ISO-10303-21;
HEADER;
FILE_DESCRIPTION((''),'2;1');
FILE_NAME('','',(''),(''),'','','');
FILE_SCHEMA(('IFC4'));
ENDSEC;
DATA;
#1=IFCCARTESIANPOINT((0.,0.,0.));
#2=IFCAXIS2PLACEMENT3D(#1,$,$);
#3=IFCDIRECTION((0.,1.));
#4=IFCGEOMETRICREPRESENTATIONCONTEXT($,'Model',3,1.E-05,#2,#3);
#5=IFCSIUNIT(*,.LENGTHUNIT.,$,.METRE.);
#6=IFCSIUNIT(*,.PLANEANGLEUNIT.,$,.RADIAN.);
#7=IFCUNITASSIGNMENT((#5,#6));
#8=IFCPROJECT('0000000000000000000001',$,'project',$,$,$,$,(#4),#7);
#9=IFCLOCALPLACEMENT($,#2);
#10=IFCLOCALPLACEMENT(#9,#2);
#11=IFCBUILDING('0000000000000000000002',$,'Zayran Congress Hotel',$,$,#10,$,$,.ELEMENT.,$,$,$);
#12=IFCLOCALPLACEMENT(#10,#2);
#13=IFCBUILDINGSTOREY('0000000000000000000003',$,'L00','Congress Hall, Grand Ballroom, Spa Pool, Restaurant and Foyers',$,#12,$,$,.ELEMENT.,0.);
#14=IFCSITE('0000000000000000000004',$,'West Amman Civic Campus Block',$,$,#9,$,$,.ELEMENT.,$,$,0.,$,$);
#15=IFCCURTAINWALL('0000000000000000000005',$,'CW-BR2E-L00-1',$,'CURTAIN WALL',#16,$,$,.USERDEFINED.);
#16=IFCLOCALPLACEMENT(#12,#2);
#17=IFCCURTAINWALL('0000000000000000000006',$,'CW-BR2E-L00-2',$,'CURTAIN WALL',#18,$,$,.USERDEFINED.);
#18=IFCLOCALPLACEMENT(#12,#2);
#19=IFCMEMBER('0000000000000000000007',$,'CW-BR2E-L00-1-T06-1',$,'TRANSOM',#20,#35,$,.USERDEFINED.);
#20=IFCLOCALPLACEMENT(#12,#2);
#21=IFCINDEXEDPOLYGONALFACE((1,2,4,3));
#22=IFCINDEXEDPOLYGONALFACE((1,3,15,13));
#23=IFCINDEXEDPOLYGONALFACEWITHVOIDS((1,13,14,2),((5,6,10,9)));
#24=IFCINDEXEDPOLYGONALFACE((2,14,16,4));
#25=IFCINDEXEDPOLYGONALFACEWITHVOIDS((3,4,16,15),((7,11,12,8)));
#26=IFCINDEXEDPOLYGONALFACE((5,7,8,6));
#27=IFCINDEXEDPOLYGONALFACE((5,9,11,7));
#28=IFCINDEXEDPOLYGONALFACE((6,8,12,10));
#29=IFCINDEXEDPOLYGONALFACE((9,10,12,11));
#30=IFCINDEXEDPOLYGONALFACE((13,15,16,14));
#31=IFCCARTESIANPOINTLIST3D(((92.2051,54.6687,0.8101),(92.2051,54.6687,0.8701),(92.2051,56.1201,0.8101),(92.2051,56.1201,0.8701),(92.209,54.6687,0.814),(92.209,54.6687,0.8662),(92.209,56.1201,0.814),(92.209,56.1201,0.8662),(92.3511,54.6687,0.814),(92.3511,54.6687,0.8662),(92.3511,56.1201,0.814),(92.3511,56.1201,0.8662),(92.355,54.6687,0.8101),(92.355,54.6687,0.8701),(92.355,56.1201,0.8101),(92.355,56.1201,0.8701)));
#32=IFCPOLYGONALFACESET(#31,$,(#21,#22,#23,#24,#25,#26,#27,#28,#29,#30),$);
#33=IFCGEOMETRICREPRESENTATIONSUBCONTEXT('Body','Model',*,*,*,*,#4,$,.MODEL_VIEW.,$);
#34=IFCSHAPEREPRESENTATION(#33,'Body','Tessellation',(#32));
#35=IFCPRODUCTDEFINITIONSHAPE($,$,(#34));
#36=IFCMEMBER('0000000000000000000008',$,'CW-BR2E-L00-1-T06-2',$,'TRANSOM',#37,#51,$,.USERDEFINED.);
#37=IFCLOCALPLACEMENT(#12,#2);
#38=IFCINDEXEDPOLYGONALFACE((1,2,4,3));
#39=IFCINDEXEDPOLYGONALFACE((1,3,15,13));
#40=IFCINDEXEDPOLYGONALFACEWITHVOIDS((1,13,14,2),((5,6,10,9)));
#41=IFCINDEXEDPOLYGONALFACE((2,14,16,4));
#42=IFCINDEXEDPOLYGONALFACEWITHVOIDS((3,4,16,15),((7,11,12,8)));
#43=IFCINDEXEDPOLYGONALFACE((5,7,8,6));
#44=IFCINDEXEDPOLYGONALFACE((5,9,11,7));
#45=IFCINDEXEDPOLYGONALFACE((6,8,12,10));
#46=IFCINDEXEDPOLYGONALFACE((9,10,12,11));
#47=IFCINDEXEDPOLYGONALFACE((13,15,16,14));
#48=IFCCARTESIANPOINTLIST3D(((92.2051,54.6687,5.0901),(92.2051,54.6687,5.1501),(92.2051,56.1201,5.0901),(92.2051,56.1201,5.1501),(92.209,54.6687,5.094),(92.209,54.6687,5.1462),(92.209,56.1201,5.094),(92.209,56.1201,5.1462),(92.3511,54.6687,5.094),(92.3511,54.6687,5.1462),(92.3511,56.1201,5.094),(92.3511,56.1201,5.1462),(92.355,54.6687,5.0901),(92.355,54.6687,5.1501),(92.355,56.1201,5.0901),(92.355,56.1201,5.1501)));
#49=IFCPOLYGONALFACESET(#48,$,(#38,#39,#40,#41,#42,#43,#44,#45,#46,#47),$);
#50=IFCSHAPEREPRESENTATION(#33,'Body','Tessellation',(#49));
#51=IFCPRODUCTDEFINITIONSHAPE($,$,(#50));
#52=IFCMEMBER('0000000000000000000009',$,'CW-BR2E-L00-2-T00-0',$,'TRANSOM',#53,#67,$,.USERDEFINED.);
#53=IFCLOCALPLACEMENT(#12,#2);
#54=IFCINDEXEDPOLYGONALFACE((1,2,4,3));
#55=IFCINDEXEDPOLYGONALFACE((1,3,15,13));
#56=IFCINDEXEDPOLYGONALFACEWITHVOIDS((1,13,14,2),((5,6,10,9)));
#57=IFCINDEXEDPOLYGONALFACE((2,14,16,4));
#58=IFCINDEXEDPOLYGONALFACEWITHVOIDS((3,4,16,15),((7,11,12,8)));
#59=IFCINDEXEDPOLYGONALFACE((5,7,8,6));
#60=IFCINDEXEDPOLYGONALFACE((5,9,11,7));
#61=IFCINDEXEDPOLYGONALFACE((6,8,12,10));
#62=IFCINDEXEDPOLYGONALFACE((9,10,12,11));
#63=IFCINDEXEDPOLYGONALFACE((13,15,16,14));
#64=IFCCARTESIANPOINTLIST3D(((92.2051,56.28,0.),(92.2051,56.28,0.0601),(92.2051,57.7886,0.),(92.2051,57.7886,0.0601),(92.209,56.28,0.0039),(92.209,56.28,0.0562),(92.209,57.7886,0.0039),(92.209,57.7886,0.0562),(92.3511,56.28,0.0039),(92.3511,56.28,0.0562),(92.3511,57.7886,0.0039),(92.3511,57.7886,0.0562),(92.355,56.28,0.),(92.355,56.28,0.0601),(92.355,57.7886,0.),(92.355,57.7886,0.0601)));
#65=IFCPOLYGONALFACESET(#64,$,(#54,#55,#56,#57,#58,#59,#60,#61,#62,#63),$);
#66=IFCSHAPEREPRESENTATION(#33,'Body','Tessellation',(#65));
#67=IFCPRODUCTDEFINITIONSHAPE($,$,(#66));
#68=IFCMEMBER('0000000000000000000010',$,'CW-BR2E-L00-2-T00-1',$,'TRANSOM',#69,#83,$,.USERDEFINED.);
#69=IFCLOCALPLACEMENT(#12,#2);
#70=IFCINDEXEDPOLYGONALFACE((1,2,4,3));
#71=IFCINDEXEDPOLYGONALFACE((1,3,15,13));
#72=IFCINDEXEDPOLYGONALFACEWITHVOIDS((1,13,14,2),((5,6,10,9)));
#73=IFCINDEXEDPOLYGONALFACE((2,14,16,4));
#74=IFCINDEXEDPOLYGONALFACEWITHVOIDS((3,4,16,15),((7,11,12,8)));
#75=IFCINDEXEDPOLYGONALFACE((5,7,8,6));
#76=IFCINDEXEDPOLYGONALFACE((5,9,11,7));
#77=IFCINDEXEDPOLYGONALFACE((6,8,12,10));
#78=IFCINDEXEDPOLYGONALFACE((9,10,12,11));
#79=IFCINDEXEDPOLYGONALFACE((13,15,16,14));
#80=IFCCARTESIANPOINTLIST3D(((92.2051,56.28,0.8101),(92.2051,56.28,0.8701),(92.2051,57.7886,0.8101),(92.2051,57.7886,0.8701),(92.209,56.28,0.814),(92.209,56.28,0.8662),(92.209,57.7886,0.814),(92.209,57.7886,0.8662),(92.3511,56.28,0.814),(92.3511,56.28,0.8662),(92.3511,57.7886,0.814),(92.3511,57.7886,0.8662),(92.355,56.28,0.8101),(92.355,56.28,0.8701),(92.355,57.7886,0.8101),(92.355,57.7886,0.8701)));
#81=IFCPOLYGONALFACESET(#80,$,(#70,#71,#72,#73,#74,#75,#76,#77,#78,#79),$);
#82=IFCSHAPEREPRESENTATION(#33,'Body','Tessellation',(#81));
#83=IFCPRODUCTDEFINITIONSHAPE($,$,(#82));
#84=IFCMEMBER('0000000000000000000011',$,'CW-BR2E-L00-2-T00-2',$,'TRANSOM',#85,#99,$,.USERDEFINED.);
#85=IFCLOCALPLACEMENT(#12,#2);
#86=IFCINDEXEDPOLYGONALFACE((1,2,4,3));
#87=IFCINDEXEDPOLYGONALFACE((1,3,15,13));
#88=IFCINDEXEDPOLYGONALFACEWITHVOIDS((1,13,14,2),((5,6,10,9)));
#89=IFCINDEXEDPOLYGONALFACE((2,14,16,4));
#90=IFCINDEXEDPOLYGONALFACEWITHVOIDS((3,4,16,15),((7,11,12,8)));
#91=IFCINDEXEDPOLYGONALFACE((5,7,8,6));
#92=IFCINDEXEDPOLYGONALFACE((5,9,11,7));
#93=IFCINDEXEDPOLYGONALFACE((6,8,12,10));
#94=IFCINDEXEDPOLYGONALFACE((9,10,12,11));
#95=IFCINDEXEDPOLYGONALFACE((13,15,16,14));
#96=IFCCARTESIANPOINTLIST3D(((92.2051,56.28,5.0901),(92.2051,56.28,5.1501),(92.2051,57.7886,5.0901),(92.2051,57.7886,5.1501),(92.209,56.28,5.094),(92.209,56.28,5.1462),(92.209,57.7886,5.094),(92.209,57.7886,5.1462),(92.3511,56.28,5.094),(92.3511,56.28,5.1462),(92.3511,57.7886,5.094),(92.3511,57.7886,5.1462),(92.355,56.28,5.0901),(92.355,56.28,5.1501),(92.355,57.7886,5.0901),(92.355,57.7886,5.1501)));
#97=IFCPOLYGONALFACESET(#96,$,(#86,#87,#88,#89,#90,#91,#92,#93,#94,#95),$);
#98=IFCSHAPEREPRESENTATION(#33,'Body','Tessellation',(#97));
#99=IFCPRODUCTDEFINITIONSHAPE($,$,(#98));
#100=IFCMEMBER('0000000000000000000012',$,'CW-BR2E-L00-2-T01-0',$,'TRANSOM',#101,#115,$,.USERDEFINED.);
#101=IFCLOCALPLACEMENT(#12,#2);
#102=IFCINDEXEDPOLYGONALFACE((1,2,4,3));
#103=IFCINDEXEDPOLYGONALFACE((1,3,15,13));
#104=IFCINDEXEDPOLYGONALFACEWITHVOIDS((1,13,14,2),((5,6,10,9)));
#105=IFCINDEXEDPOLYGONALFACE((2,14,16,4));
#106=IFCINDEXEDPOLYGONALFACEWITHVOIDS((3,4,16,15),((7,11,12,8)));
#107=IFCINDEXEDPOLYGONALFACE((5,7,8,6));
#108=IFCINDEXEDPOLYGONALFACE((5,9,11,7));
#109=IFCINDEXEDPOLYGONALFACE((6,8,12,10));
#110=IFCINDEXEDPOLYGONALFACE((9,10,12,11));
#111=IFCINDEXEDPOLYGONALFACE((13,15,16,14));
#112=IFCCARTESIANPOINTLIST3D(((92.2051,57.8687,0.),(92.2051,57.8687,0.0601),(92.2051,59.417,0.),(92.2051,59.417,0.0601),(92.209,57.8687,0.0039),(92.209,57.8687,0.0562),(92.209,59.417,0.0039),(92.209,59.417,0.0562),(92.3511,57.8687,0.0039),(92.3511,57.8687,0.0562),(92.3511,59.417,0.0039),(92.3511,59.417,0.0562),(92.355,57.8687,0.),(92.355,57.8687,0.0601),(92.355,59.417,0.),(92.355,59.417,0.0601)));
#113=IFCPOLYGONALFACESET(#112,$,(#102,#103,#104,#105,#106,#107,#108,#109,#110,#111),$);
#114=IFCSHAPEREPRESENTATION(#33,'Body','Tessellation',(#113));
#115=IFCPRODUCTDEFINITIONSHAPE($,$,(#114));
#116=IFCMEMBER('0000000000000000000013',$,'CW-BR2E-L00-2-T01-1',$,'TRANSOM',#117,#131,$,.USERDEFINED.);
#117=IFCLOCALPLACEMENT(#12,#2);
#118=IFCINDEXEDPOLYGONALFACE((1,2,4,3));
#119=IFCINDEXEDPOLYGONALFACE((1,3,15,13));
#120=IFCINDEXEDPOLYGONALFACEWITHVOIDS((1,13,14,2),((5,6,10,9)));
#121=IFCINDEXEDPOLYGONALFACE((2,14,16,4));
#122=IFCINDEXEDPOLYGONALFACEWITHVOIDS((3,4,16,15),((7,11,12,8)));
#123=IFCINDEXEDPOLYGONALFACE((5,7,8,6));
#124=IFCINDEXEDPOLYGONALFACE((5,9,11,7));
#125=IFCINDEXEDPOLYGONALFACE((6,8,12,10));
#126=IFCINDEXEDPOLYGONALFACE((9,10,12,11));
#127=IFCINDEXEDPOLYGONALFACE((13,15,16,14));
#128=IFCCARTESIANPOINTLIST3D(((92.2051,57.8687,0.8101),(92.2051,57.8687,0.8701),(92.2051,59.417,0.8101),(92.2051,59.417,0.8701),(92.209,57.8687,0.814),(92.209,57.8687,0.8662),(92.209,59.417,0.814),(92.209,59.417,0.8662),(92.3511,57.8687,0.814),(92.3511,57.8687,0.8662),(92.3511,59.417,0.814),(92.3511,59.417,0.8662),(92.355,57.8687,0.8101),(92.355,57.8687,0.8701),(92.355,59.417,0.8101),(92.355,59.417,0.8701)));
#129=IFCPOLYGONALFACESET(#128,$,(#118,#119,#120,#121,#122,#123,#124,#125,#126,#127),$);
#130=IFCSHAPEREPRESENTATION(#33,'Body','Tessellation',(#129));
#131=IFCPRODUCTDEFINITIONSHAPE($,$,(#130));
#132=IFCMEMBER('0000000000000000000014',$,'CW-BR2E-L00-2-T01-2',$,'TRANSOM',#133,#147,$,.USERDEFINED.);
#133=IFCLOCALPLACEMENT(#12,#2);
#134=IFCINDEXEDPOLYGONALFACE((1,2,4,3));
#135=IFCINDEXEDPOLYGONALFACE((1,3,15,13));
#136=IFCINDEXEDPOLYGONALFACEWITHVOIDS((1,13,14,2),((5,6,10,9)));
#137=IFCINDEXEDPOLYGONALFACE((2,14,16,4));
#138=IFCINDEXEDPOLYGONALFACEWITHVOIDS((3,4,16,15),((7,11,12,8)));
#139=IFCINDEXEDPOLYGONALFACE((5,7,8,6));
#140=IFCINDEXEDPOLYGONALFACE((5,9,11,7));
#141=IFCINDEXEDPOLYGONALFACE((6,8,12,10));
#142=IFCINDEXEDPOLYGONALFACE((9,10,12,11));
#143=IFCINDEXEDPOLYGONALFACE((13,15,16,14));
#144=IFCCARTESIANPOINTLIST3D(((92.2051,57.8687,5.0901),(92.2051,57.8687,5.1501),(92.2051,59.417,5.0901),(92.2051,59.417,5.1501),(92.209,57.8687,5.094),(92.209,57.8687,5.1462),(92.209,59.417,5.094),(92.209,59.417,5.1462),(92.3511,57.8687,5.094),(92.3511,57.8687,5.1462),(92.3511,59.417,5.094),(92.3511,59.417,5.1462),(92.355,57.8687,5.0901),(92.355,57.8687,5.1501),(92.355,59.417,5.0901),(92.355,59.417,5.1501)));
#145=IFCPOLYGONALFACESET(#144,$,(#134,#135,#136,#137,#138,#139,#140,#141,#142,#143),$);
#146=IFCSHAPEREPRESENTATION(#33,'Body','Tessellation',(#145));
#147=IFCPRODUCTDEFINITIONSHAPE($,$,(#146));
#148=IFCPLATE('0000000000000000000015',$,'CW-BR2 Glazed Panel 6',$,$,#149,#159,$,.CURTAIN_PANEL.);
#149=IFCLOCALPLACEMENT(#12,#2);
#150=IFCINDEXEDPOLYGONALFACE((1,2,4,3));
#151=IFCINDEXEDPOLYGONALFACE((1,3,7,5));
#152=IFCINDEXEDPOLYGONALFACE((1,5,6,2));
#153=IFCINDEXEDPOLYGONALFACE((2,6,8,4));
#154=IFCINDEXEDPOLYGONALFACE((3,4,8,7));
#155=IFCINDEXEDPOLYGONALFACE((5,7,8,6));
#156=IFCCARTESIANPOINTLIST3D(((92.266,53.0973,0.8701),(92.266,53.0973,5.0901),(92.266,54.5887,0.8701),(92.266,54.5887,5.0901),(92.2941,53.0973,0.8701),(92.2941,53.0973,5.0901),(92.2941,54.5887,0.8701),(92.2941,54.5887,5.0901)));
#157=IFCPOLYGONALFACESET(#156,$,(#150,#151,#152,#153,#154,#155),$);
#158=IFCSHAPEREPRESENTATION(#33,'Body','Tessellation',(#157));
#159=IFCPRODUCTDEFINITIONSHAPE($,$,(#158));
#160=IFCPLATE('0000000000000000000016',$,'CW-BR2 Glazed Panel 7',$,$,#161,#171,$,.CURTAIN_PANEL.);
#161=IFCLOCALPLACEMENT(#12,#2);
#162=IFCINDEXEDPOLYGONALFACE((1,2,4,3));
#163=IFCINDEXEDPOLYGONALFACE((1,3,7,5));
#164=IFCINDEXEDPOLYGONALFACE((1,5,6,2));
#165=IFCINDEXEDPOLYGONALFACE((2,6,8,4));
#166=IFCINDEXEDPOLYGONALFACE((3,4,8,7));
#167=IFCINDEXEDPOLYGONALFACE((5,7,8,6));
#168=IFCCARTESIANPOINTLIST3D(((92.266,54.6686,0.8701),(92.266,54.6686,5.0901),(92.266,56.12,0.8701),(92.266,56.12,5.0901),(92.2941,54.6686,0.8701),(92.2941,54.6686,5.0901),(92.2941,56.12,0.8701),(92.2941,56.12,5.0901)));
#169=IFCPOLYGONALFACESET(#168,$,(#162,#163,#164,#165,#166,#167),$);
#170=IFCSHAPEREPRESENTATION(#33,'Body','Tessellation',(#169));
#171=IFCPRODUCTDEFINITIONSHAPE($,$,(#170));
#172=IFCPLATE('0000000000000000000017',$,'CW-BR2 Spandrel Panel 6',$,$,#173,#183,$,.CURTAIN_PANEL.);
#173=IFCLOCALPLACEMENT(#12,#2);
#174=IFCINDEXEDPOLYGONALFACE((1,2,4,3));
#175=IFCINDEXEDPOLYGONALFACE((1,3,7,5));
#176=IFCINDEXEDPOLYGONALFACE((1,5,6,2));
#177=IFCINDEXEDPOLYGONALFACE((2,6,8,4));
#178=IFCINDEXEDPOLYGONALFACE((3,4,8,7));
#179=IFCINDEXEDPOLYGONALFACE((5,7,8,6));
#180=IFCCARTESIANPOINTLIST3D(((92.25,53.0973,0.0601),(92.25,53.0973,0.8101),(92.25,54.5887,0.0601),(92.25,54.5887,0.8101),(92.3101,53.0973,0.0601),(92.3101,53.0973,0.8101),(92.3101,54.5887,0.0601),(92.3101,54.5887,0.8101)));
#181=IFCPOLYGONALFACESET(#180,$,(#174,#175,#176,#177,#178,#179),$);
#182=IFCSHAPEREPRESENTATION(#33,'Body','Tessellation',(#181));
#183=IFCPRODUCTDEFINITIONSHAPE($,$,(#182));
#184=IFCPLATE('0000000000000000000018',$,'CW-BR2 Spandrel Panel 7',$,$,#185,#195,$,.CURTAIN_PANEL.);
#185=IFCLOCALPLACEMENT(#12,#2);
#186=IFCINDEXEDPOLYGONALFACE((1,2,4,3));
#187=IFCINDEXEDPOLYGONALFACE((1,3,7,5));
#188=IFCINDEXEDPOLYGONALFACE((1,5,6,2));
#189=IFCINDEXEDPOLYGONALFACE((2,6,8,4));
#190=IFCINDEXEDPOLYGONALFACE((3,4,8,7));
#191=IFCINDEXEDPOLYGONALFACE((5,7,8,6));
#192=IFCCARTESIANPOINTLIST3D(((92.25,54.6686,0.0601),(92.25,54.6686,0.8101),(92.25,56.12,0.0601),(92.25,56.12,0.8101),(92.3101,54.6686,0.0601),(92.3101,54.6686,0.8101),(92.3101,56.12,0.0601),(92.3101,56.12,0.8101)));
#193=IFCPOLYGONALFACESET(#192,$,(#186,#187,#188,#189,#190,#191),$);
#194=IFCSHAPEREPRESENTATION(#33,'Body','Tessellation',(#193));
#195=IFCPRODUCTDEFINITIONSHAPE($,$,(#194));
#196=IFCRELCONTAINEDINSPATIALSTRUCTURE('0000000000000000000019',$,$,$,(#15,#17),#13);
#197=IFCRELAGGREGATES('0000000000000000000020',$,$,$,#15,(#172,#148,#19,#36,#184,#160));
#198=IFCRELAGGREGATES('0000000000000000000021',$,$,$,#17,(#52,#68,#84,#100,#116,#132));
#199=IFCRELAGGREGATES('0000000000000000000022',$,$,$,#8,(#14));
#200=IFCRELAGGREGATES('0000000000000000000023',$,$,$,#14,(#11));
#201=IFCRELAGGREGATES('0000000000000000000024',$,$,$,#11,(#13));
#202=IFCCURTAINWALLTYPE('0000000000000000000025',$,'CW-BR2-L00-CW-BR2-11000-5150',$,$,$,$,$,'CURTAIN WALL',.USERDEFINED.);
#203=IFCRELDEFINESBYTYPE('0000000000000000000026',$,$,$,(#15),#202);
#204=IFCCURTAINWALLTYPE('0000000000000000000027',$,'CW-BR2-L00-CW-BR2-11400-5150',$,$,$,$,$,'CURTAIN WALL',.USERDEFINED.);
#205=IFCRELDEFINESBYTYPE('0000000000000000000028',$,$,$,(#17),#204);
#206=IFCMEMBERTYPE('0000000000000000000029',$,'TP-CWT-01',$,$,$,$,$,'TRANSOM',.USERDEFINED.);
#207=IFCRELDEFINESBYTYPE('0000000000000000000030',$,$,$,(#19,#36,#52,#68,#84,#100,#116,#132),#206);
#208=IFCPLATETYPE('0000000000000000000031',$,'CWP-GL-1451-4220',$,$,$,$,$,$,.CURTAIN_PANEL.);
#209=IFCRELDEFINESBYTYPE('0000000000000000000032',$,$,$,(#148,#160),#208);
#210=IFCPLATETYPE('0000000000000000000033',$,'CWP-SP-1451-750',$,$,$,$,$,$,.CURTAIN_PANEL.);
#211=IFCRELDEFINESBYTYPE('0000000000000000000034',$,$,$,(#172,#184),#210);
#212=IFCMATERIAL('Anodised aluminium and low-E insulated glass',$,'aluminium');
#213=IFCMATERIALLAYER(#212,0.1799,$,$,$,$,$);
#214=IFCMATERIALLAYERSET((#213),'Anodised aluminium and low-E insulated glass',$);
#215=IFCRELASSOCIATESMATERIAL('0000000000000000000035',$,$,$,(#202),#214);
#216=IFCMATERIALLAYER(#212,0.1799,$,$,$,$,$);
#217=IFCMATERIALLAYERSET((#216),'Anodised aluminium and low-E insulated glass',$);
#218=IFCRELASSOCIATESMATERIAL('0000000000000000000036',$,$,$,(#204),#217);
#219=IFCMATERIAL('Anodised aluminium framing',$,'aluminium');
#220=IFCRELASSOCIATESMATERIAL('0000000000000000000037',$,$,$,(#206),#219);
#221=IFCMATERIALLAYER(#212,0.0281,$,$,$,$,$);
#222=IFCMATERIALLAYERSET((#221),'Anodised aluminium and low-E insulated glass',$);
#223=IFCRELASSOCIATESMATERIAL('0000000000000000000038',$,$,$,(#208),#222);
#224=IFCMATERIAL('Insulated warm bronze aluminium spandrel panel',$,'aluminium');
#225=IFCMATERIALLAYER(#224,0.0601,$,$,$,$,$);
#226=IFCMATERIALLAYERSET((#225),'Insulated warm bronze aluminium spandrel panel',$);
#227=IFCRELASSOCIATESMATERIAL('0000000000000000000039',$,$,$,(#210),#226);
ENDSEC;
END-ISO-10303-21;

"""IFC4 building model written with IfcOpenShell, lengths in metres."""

from ifc_helpers import new_model, si_unit, direction, frame, origin, origin_2d, place, context, subcontext, project, spatial, rectangle, hollow_rectangle, extrude, material, layer, layer_set, material_profile, profile_set, type_object, element, aggregate, save


model = new_model("IFC4")

# Units and contexts
model_context = context("Model", 3, precision=1e-05, world=origin(), true_north=direction((0.0, 1.0)))
body_context = subcontext(model_context, "Body", "Model", "MODEL_VIEW")
ifc_project = project(units=[si_unit("LENGTHUNIT", "METRE"), si_unit("PLANEANGLEUNIT", "RADIAN")], contexts=[model_context])

# Site, building, storey
site_placement = place(None, origin())
site = spatial("IfcSite", under=ifc_project, at=site_placement, Name="West Amman Civic Campus Block", CompositionType="ELEMENT", RefElevation=0.0)
building_placement = place(site_placement, origin())
building = spatial("IfcBuilding", under=site, at=building_placement, Name="Zayran Congress Hotel", CompositionType="ELEMENT")
storey_placement = place(building_placement, origin())
storey = spatial("IfcBuildingStorey", under=building, at=storey_placement, Name="L00", Description="Congress Hall, Grand Ballroom, Spa Pool, Restaurant and Foyers", CompositionType="ELEMENT", Elevation=0.0)

# Curtain walls
ifc_material_1 = material(Name="Anodised aluminium and low-E insulated glass", Category="aluminium")
ifc_layer_1 = layer(ifc_material_1, 0.1799)
ifc_layer_set_1 = layer_set([ifc_layer_1], Name="Anodised aluminium and low-E insulated glass")
curtain_wall_type_1 = type_object("IfcCurtainWallType", Name="CW-BR2-L00-CW-BR2-11000-5150", ElementType="CURTAIN WALL", PredefinedType="USERDEFINED", material=ifc_layer_set_1)
curtain_wall_1_placement = place(storey_placement, origin())
curtain_wall_1 = element("IfcCurtainWall", 1, at=curtain_wall_1_placement, inside=storey, type_object=curtain_wall_type_1, Name="CW-BR2E-L00-1", ObjectType="CURTAIN WALL", PredefinedType="USERDEFINED")
ifc_material_2 = material(Name="Anodised aluminium framing", Category="aluminium")
ifc_layer_2 = layer(ifc_material_1, 0.1799)
ifc_layer_set_2 = layer_set([ifc_layer_2], Name="Anodised aluminium and low-E insulated glass")
curtain_wall_type_2 = type_object("IfcCurtainWallType", Name="CW-BR2-L00-CW-BR2-11400-5150", ElementType="CURTAIN WALL", PredefinedType="USERDEFINED", material=ifc_layer_set_2)
curtain_wall_2_placement = place(storey_placement, origin())
curtain_wall_2 = element("IfcCurtainWall", 2, at=curtain_wall_2_placement, inside=storey, type_object=curtain_wall_type_2, Name="CW-BR2E-L00-2", ObjectType="CURTAIN WALL", PredefinedType="USERDEFINED")

# Members
ifc_material_profile_1 = material_profile(ifc_material_2, hollow_rectangle(XDim=0.0601, YDim=0.1499, WallThickness=0.0039, at=origin_2d()), Name="RHS 150x60x4")
ifc_profile_set_1 = profile_set([ifc_material_profile_1], Name="Anodised aluminium framing")
member_type_1 = type_object("IfcMemberType", Name="TP-CWT-01", ElementType="TRANSOM", PredefinedType="USERDEFINED", material=ifc_profile_set_1)
member_1_placement = place(storey_placement, frame((92.28, 54.6687, 0.8401), z_axis=(0.0, 1.0, 0.0), x_axis=(0.0, 0.0, 1.0)))
member_1 = element("IfcMember", 3, at=member_1_placement, type_object=member_type_1, Name="CW-BR2E-L00-1-T06-1", ObjectType="TRANSOM", PredefinedType="USERDEFINED", context=body_context, shape_type="SweptSolid", body=[
    extrude(hollow_rectangle(XDim=0.0601, YDim=0.1499, WallThickness=0.0039, at=origin_2d()), origin(), (0.0, 0.0, 1.0), 1.4514),
])
member_2_placement = place(storey_placement, frame((92.28, 54.6687, 5.1201), z_axis=(0.0, 1.0, 0.0), x_axis=(0.0, 0.0, 1.0)))
member_2 = element("IfcMember", 4, at=member_2_placement, type_object=member_type_1, Name="CW-BR2E-L00-1-T06-2", ObjectType="TRANSOM", PredefinedType="USERDEFINED", context=body_context, shape_type="SweptSolid", body=[
    extrude(hollow_rectangle(XDim=0.0601, YDim=0.1499, WallThickness=0.0039, at=origin_2d()), origin(), (0.0, 0.0, 1.0), 1.4514),
])
member_3_placement = place(storey_placement, frame((92.28, 56.28, 0.03), z_axis=(0.0, 1.0, 0.0), x_axis=(0.0, 0.0, 1.0)))
member_3 = element("IfcMember", 5, at=member_3_placement, type_object=member_type_1, Name="CW-BR2E-L00-2-T00-0", ObjectType="TRANSOM", PredefinedType="USERDEFINED", context=body_context, shape_type="SweptSolid", body=[
    extrude(hollow_rectangle(XDim=0.0601, YDim=0.1499, WallThickness=0.0039, at=origin_2d()), origin(), (0.0, 0.0, 1.0), 1.5085),
])
member_4_placement = place(storey_placement, frame((92.28, 56.28, 0.8401), z_axis=(0.0, 1.0, 0.0), x_axis=(0.0, 0.0, 1.0)))
member_4 = element("IfcMember", 6, at=member_4_placement, type_object=member_type_1, Name="CW-BR2E-L00-2-T00-1", ObjectType="TRANSOM", PredefinedType="USERDEFINED", context=body_context, shape_type="SweptSolid", body=[
    extrude(hollow_rectangle(XDim=0.0601, YDim=0.1499, WallThickness=0.0039, at=origin_2d()), origin(), (0.0, 0.0, 1.0), 1.5085),
])
member_5_placement = place(storey_placement, frame((92.28, 56.28, 5.1201), z_axis=(0.0, 1.0, 0.0), x_axis=(0.0, 0.0, 1.0)))
member_5 = element("IfcMember", 7, at=member_5_placement, type_object=member_type_1, Name="CW-BR2E-L00-2-T00-2", ObjectType="TRANSOM", PredefinedType="USERDEFINED", context=body_context, shape_type="SweptSolid", body=[
    extrude(hollow_rectangle(XDim=0.0601, YDim=0.1499, WallThickness=0.0039, at=origin_2d()), origin(), (0.0, 0.0, 1.0), 1.5085),
])
member_6_placement = place(storey_placement, frame((92.28, 57.8687, 0.03), z_axis=(0.0, 1.0, 0.0), x_axis=(0.0, 0.0, 1.0)))
member_6 = element("IfcMember", 8, at=member_6_placement, type_object=member_type_1, Name="CW-BR2E-L00-2-T01-0", ObjectType="TRANSOM", PredefinedType="USERDEFINED", context=body_context, shape_type="SweptSolid", body=[
    extrude(hollow_rectangle(XDim=0.0601, YDim=0.1499, WallThickness=0.0039, at=origin_2d()), origin(), (0.0, 0.0, 1.0), 1.5483),
])
member_7_placement = place(storey_placement, frame((92.28, 57.8687, 0.8401), z_axis=(0.0, 1.0, 0.0), x_axis=(0.0, 0.0, 1.0)))
member_7 = element("IfcMember", 9, at=member_7_placement, type_object=member_type_1, Name="CW-BR2E-L00-2-T01-1", ObjectType="TRANSOM", PredefinedType="USERDEFINED", context=body_context, shape_type="SweptSolid", body=[
    extrude(hollow_rectangle(XDim=0.0601, YDim=0.1499, WallThickness=0.0039, at=origin_2d()), origin(), (0.0, 0.0, 1.0), 1.5483),
])
member_8_placement = place(storey_placement, frame((92.28, 57.8687, 5.1201), z_axis=(0.0, 1.0, 0.0), x_axis=(0.0, 0.0, 1.0)))
member_8 = element("IfcMember", 10, at=member_8_placement, type_object=member_type_1, Name="CW-BR2E-L00-2-T01-2", ObjectType="TRANSOM", PredefinedType="USERDEFINED", context=body_context, shape_type="SweptSolid", body=[
    extrude(hollow_rectangle(XDim=0.0601, YDim=0.1499, WallThickness=0.0039, at=origin_2d()), origin(), (0.0, 0.0, 1.0), 1.5483),
])

# Plates
ifc_layer_3 = layer(ifc_material_1, 0.0281)
ifc_layer_set_3 = layer_set([ifc_layer_3], Name="Anodised aluminium and low-E insulated glass")
plate_type_1 = type_object("IfcPlateType", Name="CWP-GL-1451-4220", PredefinedType="CURTAIN_PANEL", material=ifc_layer_set_3)
plate_1_placement = place(storey_placement, frame((92.28, 53.843, 0.8701), z_axis=(0.0, 0.0, 1.0), x_axis=(0.0, 1.0, 0.0)))
plate_1 = element("IfcPlate", 11, at=plate_1_placement, type_object=plate_type_1, Name="CW-BR2 Glazed Panel 6", PredefinedType="CURTAIN_PANEL", context=body_context, shape_type="SweptSolid", body=[
    extrude(rectangle(XDim=1.4915, YDim=0.0281, at=origin_2d()), origin(), (0.0, 0.0, 1.0), 4.22),
])
plate_2_placement = place(storey_placement, frame((92.28, 55.3943, 0.8701), z_axis=(0.0, 0.0, 1.0), x_axis=(0.0, 1.0, 0.0)))
plate_2 = element("IfcPlate", 12, at=plate_2_placement, type_object=plate_type_1, Name="CW-BR2 Glazed Panel 7", PredefinedType="CURTAIN_PANEL", context=body_context, shape_type="SweptSolid", body=[
    extrude(rectangle(XDim=1.4514, YDim=0.0281, at=origin_2d()), origin(), (0.0, 0.0, 1.0), 4.22),
])
ifc_material_3 = material(Name="Insulated warm bronze aluminium spandrel panel", Category="aluminium")
ifc_layer_4 = layer(ifc_material_3, 0.0601)
ifc_layer_set_4 = layer_set([ifc_layer_4], Name="Insulated warm bronze aluminium spandrel panel")
plate_type_2 = type_object("IfcPlateType", Name="CWP-SP-1451-750", PredefinedType="CURTAIN_PANEL", material=ifc_layer_set_4)
plate_3_placement = place(storey_placement, frame((92.28, 53.843, 0.0601), z_axis=(0.0, 0.0, 1.0), x_axis=(0.0, 1.0, 0.0)))
plate_3 = element("IfcPlate", 13, at=plate_3_placement, type_object=plate_type_2, Name="CW-BR2 Spandrel Panel 6", PredefinedType="CURTAIN_PANEL", context=body_context, shape_type="SweptSolid", body=[
    extrude(rectangle(XDim=1.4915, YDim=0.0601, at=origin_2d()), origin(), (0.0, 0.0, 1.0), 0.75),
])
plate_4_placement = place(storey_placement, frame((92.28, 55.3943, 0.0601), z_axis=(0.0, 0.0, 1.0), x_axis=(0.0, 1.0, 0.0)))
plate_4 = element("IfcPlate", 14, at=plate_4_placement, type_object=plate_type_2, Name="CW-BR2 Spandrel Panel 7", PredefinedType="CURTAIN_PANEL", context=body_context, shape_type="SweptSolid", body=[
    extrude(rectangle(XDim=1.4514, YDim=0.0601, at=origin_2d()), origin(), (0.0, 0.0, 1.0), 0.75),
])
aggregate(curtain_wall_1, [plate_3, plate_1, member_1, member_2, plate_4, plate_2])
aggregate(curtain_wall_2, [member_3, member_4, member_5, member_6, member_7, member_8])

save(model, "model.ifc")
